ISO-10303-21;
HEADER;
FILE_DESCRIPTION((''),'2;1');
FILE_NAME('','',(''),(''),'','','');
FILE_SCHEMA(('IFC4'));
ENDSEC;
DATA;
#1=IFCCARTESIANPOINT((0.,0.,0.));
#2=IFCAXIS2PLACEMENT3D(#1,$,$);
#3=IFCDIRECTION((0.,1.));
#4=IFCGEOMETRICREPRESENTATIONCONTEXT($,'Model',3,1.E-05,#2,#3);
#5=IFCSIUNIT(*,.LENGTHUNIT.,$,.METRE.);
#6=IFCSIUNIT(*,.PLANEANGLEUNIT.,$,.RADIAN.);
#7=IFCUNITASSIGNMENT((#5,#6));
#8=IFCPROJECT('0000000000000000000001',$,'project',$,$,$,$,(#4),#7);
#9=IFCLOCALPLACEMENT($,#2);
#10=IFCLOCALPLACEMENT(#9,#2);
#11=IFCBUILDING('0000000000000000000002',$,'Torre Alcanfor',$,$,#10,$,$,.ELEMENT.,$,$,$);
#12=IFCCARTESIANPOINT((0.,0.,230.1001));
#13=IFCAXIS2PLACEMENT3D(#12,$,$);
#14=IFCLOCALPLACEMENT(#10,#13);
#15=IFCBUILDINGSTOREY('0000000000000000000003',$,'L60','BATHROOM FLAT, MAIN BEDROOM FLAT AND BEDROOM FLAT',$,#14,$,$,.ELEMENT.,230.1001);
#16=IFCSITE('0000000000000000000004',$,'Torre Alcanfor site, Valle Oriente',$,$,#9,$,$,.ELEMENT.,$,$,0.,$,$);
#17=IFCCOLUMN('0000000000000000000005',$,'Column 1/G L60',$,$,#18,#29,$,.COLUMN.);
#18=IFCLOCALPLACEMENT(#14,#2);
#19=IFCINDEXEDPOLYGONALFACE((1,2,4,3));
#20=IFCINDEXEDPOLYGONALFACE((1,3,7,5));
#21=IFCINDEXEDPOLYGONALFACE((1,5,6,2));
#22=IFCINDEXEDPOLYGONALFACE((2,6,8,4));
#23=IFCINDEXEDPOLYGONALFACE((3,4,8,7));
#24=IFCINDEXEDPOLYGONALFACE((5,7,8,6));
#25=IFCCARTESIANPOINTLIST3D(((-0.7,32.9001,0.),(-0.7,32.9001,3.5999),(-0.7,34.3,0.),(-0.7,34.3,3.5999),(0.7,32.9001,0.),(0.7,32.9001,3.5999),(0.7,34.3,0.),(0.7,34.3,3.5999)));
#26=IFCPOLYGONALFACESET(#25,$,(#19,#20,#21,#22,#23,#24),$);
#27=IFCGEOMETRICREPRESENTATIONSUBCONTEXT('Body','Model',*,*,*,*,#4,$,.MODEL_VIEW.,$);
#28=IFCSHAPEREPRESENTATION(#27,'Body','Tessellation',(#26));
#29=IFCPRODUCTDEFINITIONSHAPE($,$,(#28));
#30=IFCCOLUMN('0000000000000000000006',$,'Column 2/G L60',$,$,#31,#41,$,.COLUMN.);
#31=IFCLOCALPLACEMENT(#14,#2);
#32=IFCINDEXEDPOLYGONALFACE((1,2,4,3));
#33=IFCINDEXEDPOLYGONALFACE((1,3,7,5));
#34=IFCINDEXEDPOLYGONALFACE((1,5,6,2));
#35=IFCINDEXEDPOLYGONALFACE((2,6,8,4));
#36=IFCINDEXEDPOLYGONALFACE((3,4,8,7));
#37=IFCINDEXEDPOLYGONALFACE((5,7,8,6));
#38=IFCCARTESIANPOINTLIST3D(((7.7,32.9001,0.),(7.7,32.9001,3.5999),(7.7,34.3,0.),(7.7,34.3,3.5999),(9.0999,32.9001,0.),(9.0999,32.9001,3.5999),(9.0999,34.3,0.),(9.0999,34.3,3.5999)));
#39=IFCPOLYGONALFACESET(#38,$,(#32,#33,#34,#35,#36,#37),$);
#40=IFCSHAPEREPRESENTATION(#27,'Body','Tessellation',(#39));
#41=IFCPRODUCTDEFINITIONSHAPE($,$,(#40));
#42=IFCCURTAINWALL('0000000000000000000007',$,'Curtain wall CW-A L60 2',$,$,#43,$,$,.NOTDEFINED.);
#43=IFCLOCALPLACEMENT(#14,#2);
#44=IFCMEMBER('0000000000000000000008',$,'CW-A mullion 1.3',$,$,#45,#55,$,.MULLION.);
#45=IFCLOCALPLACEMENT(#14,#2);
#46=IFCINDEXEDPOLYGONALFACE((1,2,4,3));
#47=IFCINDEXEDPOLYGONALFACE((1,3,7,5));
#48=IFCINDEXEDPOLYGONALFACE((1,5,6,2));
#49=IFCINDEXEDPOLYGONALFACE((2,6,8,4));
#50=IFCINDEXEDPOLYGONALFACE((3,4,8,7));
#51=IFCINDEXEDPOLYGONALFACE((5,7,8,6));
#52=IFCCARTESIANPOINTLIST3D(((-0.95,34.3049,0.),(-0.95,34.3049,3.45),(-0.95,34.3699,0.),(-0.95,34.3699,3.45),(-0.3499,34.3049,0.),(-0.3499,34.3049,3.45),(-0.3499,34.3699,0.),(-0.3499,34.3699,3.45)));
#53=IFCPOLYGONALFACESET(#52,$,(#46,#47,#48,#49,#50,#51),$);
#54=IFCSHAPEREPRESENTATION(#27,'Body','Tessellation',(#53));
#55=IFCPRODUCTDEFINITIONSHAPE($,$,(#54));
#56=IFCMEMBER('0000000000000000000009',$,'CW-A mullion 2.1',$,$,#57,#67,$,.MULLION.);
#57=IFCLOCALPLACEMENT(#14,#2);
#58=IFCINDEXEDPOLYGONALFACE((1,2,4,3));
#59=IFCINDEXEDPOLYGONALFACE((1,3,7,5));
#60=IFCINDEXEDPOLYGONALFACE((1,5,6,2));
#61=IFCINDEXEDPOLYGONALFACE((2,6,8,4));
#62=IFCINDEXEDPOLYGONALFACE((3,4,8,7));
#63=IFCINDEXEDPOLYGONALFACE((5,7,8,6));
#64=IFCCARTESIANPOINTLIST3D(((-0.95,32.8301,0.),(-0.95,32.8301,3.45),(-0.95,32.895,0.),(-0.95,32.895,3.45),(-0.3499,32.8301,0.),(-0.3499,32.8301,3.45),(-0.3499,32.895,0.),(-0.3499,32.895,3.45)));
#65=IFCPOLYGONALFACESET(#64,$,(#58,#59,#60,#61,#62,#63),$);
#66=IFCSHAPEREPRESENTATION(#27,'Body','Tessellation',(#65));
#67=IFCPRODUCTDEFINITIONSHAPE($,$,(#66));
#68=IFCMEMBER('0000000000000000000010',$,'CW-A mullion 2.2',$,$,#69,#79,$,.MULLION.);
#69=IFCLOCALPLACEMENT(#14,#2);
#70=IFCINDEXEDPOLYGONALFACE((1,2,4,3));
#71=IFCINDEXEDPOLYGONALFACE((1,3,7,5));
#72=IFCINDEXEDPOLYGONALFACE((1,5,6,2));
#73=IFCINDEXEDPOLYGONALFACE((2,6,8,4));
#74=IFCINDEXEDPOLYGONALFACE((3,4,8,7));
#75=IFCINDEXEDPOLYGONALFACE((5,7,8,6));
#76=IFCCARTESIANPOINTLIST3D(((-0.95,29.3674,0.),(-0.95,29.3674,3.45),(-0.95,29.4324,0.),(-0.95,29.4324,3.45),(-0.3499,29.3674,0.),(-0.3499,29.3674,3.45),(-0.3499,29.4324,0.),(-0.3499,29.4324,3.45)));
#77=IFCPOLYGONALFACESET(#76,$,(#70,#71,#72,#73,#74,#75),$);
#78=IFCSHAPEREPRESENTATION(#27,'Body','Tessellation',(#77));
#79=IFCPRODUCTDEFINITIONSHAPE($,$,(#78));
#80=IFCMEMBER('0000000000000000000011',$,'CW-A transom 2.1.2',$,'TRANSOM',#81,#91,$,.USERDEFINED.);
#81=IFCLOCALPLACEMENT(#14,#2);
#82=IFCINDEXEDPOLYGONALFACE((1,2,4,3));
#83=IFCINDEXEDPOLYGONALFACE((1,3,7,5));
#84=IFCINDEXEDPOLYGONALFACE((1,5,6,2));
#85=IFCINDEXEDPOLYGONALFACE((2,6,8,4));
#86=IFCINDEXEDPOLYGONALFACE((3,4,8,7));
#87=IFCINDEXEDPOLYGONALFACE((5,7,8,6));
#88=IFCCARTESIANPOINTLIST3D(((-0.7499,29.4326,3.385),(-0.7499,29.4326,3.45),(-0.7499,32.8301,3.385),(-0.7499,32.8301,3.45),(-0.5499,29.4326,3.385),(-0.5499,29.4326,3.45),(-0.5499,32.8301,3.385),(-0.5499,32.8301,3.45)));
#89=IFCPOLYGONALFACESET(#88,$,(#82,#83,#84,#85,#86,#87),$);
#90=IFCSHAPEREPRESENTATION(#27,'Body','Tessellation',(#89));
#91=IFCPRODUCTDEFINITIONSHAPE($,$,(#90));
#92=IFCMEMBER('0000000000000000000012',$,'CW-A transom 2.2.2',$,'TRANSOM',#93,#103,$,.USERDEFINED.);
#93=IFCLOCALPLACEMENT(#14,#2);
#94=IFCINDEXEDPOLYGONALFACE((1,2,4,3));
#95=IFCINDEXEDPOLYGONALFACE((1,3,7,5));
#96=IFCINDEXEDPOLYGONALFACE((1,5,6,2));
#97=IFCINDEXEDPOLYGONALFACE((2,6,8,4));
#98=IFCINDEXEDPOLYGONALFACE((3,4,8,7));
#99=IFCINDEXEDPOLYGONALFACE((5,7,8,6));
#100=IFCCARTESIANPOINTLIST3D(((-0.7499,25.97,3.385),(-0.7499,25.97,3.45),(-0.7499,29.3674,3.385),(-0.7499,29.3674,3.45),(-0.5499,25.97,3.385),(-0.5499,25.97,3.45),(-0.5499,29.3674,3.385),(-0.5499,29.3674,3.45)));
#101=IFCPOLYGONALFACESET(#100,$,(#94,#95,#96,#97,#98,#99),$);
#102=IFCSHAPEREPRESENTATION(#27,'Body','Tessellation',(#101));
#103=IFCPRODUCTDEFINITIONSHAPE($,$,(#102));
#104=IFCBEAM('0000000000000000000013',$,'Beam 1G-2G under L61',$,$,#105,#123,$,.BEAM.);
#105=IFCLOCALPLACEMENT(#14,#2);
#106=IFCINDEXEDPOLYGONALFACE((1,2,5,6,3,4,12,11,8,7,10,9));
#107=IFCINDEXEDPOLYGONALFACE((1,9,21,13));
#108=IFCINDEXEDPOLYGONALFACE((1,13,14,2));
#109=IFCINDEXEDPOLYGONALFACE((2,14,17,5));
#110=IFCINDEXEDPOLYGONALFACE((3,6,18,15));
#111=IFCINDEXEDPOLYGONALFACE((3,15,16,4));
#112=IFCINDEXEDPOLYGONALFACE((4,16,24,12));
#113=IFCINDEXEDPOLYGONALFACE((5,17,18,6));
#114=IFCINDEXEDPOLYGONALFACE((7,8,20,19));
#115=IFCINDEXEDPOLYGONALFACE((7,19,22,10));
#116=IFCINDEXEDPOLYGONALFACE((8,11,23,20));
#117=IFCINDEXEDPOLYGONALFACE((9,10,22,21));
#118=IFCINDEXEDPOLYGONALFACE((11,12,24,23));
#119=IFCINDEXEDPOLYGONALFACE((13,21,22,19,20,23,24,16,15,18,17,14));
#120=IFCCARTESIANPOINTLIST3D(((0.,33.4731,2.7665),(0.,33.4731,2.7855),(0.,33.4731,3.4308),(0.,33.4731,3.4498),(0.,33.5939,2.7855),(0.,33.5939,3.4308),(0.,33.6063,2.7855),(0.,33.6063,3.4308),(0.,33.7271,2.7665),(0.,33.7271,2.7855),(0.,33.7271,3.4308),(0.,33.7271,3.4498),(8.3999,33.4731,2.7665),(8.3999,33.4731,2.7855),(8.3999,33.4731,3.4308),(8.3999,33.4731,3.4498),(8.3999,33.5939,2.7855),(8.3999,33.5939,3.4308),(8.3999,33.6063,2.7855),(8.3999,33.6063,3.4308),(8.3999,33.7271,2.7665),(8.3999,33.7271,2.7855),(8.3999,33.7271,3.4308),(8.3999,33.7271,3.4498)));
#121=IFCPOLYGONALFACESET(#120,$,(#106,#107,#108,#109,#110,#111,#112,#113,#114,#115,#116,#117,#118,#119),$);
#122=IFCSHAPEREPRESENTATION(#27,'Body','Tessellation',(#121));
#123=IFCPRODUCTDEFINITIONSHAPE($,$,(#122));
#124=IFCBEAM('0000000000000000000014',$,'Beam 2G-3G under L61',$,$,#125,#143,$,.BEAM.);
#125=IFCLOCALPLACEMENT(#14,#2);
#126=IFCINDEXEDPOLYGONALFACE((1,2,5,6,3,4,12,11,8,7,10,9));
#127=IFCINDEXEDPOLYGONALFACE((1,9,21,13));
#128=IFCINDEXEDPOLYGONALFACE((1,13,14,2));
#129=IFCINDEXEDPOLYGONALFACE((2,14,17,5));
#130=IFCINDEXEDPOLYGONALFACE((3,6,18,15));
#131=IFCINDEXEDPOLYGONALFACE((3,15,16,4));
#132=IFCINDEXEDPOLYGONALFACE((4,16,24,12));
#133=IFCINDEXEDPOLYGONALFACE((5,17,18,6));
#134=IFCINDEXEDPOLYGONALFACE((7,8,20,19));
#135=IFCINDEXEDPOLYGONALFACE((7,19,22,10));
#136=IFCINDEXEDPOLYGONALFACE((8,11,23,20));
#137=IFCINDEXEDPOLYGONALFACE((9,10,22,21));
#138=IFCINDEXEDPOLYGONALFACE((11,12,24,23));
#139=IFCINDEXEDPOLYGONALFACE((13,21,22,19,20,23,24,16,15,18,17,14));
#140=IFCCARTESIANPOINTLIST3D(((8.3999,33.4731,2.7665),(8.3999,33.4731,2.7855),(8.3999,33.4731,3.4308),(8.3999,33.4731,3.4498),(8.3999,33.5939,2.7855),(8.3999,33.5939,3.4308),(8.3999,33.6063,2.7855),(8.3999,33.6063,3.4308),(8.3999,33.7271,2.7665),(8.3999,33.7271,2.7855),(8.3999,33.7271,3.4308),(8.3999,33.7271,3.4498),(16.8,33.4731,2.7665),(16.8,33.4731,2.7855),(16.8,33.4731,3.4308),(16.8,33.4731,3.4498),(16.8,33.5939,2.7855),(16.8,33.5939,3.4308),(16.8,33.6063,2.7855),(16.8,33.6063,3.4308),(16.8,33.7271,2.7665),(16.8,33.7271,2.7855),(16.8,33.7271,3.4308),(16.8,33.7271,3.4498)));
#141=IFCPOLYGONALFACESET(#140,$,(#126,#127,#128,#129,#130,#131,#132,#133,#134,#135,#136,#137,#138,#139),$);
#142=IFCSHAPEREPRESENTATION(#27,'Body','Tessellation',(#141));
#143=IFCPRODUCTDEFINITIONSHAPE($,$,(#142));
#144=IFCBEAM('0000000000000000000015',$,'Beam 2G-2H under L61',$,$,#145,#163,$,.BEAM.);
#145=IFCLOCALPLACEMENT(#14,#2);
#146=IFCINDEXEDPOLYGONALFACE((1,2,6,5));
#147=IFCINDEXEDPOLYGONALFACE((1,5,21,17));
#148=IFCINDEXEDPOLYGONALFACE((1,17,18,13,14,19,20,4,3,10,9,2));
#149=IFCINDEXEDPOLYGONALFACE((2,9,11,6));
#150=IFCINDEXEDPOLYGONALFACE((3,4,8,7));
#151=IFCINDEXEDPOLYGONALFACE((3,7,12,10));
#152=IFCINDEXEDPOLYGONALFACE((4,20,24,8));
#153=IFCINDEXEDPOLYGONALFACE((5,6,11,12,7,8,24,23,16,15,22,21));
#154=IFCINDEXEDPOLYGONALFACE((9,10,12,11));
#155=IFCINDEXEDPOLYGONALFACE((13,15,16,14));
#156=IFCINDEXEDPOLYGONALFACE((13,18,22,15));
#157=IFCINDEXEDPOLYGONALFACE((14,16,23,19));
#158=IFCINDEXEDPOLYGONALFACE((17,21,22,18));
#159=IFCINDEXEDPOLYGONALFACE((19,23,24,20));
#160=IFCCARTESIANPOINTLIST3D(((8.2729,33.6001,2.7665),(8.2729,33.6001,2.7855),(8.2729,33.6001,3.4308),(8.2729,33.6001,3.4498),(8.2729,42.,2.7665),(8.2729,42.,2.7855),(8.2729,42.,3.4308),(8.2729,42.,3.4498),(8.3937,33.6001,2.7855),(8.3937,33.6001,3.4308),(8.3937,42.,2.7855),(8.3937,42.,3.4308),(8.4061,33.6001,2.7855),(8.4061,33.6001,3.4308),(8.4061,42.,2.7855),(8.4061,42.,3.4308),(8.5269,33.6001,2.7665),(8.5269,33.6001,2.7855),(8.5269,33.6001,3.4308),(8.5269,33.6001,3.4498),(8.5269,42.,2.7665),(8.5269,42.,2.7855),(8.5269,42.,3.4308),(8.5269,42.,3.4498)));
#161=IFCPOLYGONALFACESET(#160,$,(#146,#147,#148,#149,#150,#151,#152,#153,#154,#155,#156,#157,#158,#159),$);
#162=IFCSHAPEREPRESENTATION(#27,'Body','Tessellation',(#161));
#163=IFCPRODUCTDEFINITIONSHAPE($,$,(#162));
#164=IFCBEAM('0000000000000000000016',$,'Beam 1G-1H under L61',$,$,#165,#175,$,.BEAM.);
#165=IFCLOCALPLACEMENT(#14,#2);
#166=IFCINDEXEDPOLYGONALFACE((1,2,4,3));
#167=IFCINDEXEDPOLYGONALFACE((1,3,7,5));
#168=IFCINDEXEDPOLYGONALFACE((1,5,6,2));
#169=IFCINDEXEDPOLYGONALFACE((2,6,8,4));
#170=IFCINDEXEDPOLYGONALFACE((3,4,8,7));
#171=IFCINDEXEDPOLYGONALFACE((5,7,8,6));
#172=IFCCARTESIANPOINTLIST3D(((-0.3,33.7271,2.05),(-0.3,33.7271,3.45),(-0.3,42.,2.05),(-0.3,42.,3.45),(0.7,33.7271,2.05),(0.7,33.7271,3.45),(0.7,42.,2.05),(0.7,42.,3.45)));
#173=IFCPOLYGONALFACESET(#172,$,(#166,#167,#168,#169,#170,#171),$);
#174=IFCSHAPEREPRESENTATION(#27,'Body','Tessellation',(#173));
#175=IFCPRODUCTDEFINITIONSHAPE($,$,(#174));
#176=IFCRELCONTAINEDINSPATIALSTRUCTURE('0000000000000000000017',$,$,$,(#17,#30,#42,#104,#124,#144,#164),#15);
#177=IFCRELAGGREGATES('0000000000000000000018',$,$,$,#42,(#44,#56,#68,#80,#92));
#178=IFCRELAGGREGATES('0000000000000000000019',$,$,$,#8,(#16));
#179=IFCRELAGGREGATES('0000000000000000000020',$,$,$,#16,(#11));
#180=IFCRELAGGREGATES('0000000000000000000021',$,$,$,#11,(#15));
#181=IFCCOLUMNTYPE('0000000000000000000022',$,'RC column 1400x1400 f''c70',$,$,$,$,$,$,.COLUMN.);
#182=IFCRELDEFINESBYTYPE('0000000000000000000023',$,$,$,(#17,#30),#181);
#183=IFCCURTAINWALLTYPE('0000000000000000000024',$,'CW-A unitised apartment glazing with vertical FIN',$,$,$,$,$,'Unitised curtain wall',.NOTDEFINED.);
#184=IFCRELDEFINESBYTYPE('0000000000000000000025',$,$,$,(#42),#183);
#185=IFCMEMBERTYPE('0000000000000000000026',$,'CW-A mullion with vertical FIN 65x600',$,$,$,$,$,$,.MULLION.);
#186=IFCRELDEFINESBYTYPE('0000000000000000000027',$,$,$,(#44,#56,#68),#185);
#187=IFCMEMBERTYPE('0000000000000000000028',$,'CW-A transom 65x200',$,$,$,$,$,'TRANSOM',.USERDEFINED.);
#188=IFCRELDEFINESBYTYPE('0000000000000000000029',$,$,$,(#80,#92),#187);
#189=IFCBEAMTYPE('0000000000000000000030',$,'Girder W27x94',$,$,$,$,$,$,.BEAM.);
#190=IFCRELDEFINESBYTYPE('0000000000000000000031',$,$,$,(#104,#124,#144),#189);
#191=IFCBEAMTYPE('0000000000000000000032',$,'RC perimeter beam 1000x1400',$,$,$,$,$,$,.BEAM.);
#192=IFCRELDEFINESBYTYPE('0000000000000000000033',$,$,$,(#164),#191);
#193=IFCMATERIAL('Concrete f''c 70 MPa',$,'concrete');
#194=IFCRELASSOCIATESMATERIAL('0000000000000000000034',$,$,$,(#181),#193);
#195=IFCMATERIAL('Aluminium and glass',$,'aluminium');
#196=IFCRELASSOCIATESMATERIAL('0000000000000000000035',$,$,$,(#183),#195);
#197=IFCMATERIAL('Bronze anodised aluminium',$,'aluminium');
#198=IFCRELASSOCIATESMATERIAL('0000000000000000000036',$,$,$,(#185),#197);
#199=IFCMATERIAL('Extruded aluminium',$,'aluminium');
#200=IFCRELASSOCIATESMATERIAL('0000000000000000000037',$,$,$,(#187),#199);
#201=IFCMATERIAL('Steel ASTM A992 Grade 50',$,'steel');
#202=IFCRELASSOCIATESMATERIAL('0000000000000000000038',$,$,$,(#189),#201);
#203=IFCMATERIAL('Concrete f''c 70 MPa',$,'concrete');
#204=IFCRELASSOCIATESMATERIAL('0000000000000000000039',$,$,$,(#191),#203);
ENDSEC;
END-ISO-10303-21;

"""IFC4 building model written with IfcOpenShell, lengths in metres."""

from ifc_helpers import new_model, si_unit, direction, frame, origin, origin_2d, place, context, subcontext, project, spatial, rectangle, i_section, extrude, material, material_profile, profile_set, type_object, element, aggregate, save


model = new_model("IFC4")

# Units and contexts
model_context = context("Model", 3, precision=1e-05, world=origin(), true_north=direction((0.0, 1.0)))
body_context = subcontext(model_context, "Body", "Model", "MODEL_VIEW")
ifc_project = project(units=[si_unit("LENGTHUNIT", "METRE"), si_unit("PLANEANGLEUNIT", "RADIAN")], contexts=[model_context])

# Site, building, storey
site_placement = place(None, origin())
site = spatial("IfcSite", under=ifc_project, at=site_placement, Name="Torre Alcanfor site, Valle Oriente", CompositionType="ELEMENT", RefElevation=0.0)
building_placement = place(site_placement, origin())
building = spatial("IfcBuilding", under=site, at=building_placement, Name="Torre Alcanfor", CompositionType="ELEMENT")
storey_placement = place(building_placement, frame((0.0, 0.0, 230.1001)))
storey = spatial("IfcBuildingStorey", under=building, at=storey_placement, Name="L60", Description="BATHROOM FLAT, MAIN BEDROOM FLAT AND BEDROOM FLAT", CompositionType="ELEMENT", Elevation=230.1001)

# Columns
ifc_material_1 = material(Name="Concrete f'c 70 MPa", Category="concrete")
ifc_material_profile_1 = material_profile(ifc_material_1, rectangle(XDim=1.3999, YDim=1.3999, at=origin_2d()), Name="1400x1400")
ifc_profile_set_1 = profile_set([ifc_material_profile_1], Name="Concrete f'c 70 MPa")
column_type = type_object("IfcColumnType", Name="RC column 1400x1400 f'c70", PredefinedType="COLUMN", material=ifc_profile_set_1)
for number, where, z_axis, x_axis, name in (
    (1, (0.0, 33.6001, 0.0), (0.0, 0.0, 1.0), (1.0, 0.0, 0.0), "Column 1/G L60"),
    (2, (8.3999, 33.6001, 0.0), (0.0, 0.0, 1.0), (1.0, 0.0, 0.0), "Column 2/G L60"),
):
    element("IfcColumn", number, at=place(storey_placement, frame(where, z_axis=z_axis, x_axis=x_axis)), inside=storey, type_object=column_type, Name=name, PredefinedType="COLUMN", context=body_context, shape_type="SweptSolid", body=[
        extrude(rectangle(XDim=1.3999, YDim=1.3999, at=origin_2d()), origin(), (0.0, 0.0, 1.0), 3.5999),
    ])

# Curtain wall, members
ifc_material_2 = material(Name="Aluminium and glass", Category="aluminium")
curtain_wall_type = type_object("IfcCurtainWallType", Name="CW-A unitised apartment glazing with vertical FIN", ElementType="Unitised curtain wall", PredefinedType="NOTDEFINED", material=ifc_material_2)
curtain_wall_placement = place(storey_placement, origin())
curtain_wall = element("IfcCurtainWall", 3, at=curtain_wall_placement, inside=storey, type_object=curtain_wall_type, Name="Curtain wall CW-A L60 2", PredefinedType="NOTDEFINED")
ifc_material_3 = material(Name="Bronze anodised aluminium", Category="aluminium")
ifc_material_profile_2 = material_profile(ifc_material_3, rectangle(XDim=0.6001, YDim=0.0649, at=origin_2d()), Name="CW-A mullion 65x600")
ifc_profile_set_2 = profile_set([ifc_material_profile_2], Name="Bronze anodised aluminium")
member_type_1 = type_object("IfcMemberType", Name="CW-A mullion with vertical FIN 65x600", PredefinedType="MULLION", material=ifc_profile_set_2)
member_1_placement = place(storey_placement, frame((-0.6499, 34.3374, 0.0), z_axis=(0.0, 0.0, 1.0), x_axis=(1.0, 0.0, 0.0)))
member_1 = element("IfcMember", 4, at=member_1_placement, type_object=member_type_1, Name="CW-A mullion 1.3", PredefinedType="MULLION", context=body_context, shape_type="SweptSolid", body=[
    extrude(rectangle(XDim=0.6001, YDim=0.0649, at=origin_2d()), origin(), (0.0, 0.0, 1.0), 3.45),
])
member_2_placement = place(storey_placement, frame((-0.6499, 32.8625, 0.0), z_axis=(0.0, 0.0, 1.0), x_axis=(1.0, 0.0, 0.0)))
member_2 = element("IfcMember", 5, at=member_2_placement, type_object=member_type_1, Name="CW-A mullion 2.1", PredefinedType="MULLION", context=body_context, shape_type="SweptSolid", body=[
    extrude(rectangle(XDim=0.6001, YDim=0.0649, at=origin_2d()), origin(), (0.0, 0.0, 1.0), 3.45),
])
member_3_placement = place(storey_placement, frame((-0.6499, 29.3999, 0.0), z_axis=(0.0, 0.0, 1.0), x_axis=(1.0, 0.0, 0.0)))
member_3 = element("IfcMember", 6, at=member_3_placement, type_object=member_type_1, Name="CW-A mullion 2.2", PredefinedType="MULLION", context=body_context, shape_type="SweptSolid", body=[
    extrude(rectangle(XDim=0.6001, YDim=0.0649, at=origin_2d()), origin(), (0.0, 0.0, 1.0), 3.45),
])
ifc_material_4 = material(Name="Extruded aluminium", Category="aluminium")
ifc_material_profile_3 = material_profile(ifc_material_4, rectangle(XDim=0.2, YDim=0.0649, at=origin_2d()), Name="CW-A transom 200x65")
ifc_profile_set_3 = profile_set([ifc_material_profile_3], Name="Extruded aluminium")
member_type_2 = type_object("IfcMemberType", Name="CW-A transom 65x200", ElementType="TRANSOM", PredefinedType="USERDEFINED", material=ifc_profile_set_3)
member_4_placement = place(storey_placement, frame((-0.6499, 32.8301, 3.4175), z_axis=(0.0, -1.0, 0.0), x_axis=(1.0, 0.0, 0.0)))
member_4 = element("IfcMember", 7, at=member_4_placement, type_object=member_type_2, Name="CW-A transom 2.1.2", ObjectType="TRANSOM", PredefinedType="USERDEFINED", context=body_context, shape_type="SweptSolid", body=[
    extrude(rectangle(XDim=0.2, YDim=0.0649, at=origin_2d()), origin(), (0.0, 0.0, 1.0), 3.3975),
])
member_5_placement = place(storey_placement, frame((-0.6499, 29.3674, 3.4175), z_axis=(0.0, -1.0, 0.0), x_axis=(1.0, 0.0, 0.0)))
member_5 = element("IfcMember", 8, at=member_5_placement, type_object=member_type_2, Name="CW-A transom 2.2.2", ObjectType="TRANSOM", PredefinedType="USERDEFINED", context=body_context, shape_type="SweptSolid", body=[
    extrude(rectangle(XDim=0.2, YDim=0.0649, at=origin_2d()), origin(), (0.0, 0.0, 1.0), 3.3975),
])

# Beams
ifc_material_5 = material(Name="Steel ASTM A992 Grade 50", Category="steel")
ifc_material_profile_4 = material_profile(ifc_material_5, i_section(OverallWidth=0.2539, OverallDepth=0.6833, WebThickness=0.0125, FlangeThickness=0.019, at=origin_2d()), Name="W27x94")
ifc_profile_set_4 = profile_set([ifc_material_profile_4], Name="Steel ASTM A992 Grade 50")
beam_type_1 = type_object("IfcBeamType", Name="Girder W27x94", PredefinedType="BEAM", material=ifc_profile_set_4)
beam_1_placement = place(storey_placement, frame((0.0, 33.6001, 3.1082), z_axis=(1.0, 0.0, 0.0), x_axis=(0.0, 1.0, 0.0)))
element("IfcBeam", 9, at=beam_1_placement, inside=storey, type_object=beam_type_1, Name="Beam 1G-2G under L61", PredefinedType="BEAM", context=body_context, shape_type="SweptSolid", body=[
    extrude(i_section(OverallWidth=0.2539, OverallDepth=0.6833, WebThickness=0.0125, FlangeThickness=0.019, at=origin_2d()), origin(), (0.0, 0.0, 1.0), 8.3999),
])
beam_2_placement = place(storey_placement, frame((8.3999, 33.6001, 3.1082), z_axis=(1.0, 0.0, 0.0), x_axis=(0.0, 1.0, 0.0)))
element("IfcBeam", 10, at=beam_2_placement, inside=storey, type_object=beam_type_1, Name="Beam 2G-3G under L61", PredefinedType="BEAM", context=body_context, shape_type="SweptSolid", body=[
    extrude(i_section(OverallWidth=0.2539, OverallDepth=0.6833, WebThickness=0.0125, FlangeThickness=0.019, at=origin_2d()), origin(), (0.0, 0.0, 1.0), 8.4001),
])
beam_3_placement = place(storey_placement, frame((8.3999, 33.6001, 3.1082), z_axis=(0.0, 1.0, 0.0), x_axis=(-1.0, 0.0, 0.0)))
element("IfcBeam", 11, at=beam_3_placement, inside=storey, type_object=beam_type_1, Name="Beam 2G-2H under L61", PredefinedType="BEAM", context=body_context, shape_type="SweptSolid", body=[
    extrude(i_section(OverallWidth=0.2539, OverallDepth=0.6833, WebThickness=0.0125, FlangeThickness=0.019, at=origin_2d()), origin(), (0.0, 0.0, 1.0), 8.3999),
])
ifc_material_6 = material(Name="Concrete f'c 70 MPa", Category="concrete")
ifc_material_profile_5 = material_profile(ifc_material_6, rectangle(XDim=1.0, YDim=1.3999, at=origin_2d()), Name="1000x1400")
ifc_profile_set_5 = profile_set([ifc_material_profile_5], Name="Concrete f'c 70 MPa")
beam_type_2 = type_object("IfcBeamType", Name="RC perimeter beam 1000x1400", PredefinedType="BEAM", material=ifc_profile_set_5)
beam_4_placement = place(storey_placement, frame((0.2, 33.7271, 2.75), z_axis=(0.0, 1.0, 0.0), x_axis=(-1.0, 0.0, 0.0)))
element("IfcBeam", 12, at=beam_4_placement, inside=storey, type_object=beam_type_2, Name="Beam 1G-1H under L61", PredefinedType="BEAM", context=body_context, shape_type="SweptSolid", body=[
    extrude(rectangle(XDim=1.0, YDim=1.3999, at=origin_2d()), origin(), (0.0, 0.0, 1.0), 8.2729),
])

aggregate(curtain_wall, [member_1, member_2, member_3, member_4, member_5])

save(model, "model.ifc")
